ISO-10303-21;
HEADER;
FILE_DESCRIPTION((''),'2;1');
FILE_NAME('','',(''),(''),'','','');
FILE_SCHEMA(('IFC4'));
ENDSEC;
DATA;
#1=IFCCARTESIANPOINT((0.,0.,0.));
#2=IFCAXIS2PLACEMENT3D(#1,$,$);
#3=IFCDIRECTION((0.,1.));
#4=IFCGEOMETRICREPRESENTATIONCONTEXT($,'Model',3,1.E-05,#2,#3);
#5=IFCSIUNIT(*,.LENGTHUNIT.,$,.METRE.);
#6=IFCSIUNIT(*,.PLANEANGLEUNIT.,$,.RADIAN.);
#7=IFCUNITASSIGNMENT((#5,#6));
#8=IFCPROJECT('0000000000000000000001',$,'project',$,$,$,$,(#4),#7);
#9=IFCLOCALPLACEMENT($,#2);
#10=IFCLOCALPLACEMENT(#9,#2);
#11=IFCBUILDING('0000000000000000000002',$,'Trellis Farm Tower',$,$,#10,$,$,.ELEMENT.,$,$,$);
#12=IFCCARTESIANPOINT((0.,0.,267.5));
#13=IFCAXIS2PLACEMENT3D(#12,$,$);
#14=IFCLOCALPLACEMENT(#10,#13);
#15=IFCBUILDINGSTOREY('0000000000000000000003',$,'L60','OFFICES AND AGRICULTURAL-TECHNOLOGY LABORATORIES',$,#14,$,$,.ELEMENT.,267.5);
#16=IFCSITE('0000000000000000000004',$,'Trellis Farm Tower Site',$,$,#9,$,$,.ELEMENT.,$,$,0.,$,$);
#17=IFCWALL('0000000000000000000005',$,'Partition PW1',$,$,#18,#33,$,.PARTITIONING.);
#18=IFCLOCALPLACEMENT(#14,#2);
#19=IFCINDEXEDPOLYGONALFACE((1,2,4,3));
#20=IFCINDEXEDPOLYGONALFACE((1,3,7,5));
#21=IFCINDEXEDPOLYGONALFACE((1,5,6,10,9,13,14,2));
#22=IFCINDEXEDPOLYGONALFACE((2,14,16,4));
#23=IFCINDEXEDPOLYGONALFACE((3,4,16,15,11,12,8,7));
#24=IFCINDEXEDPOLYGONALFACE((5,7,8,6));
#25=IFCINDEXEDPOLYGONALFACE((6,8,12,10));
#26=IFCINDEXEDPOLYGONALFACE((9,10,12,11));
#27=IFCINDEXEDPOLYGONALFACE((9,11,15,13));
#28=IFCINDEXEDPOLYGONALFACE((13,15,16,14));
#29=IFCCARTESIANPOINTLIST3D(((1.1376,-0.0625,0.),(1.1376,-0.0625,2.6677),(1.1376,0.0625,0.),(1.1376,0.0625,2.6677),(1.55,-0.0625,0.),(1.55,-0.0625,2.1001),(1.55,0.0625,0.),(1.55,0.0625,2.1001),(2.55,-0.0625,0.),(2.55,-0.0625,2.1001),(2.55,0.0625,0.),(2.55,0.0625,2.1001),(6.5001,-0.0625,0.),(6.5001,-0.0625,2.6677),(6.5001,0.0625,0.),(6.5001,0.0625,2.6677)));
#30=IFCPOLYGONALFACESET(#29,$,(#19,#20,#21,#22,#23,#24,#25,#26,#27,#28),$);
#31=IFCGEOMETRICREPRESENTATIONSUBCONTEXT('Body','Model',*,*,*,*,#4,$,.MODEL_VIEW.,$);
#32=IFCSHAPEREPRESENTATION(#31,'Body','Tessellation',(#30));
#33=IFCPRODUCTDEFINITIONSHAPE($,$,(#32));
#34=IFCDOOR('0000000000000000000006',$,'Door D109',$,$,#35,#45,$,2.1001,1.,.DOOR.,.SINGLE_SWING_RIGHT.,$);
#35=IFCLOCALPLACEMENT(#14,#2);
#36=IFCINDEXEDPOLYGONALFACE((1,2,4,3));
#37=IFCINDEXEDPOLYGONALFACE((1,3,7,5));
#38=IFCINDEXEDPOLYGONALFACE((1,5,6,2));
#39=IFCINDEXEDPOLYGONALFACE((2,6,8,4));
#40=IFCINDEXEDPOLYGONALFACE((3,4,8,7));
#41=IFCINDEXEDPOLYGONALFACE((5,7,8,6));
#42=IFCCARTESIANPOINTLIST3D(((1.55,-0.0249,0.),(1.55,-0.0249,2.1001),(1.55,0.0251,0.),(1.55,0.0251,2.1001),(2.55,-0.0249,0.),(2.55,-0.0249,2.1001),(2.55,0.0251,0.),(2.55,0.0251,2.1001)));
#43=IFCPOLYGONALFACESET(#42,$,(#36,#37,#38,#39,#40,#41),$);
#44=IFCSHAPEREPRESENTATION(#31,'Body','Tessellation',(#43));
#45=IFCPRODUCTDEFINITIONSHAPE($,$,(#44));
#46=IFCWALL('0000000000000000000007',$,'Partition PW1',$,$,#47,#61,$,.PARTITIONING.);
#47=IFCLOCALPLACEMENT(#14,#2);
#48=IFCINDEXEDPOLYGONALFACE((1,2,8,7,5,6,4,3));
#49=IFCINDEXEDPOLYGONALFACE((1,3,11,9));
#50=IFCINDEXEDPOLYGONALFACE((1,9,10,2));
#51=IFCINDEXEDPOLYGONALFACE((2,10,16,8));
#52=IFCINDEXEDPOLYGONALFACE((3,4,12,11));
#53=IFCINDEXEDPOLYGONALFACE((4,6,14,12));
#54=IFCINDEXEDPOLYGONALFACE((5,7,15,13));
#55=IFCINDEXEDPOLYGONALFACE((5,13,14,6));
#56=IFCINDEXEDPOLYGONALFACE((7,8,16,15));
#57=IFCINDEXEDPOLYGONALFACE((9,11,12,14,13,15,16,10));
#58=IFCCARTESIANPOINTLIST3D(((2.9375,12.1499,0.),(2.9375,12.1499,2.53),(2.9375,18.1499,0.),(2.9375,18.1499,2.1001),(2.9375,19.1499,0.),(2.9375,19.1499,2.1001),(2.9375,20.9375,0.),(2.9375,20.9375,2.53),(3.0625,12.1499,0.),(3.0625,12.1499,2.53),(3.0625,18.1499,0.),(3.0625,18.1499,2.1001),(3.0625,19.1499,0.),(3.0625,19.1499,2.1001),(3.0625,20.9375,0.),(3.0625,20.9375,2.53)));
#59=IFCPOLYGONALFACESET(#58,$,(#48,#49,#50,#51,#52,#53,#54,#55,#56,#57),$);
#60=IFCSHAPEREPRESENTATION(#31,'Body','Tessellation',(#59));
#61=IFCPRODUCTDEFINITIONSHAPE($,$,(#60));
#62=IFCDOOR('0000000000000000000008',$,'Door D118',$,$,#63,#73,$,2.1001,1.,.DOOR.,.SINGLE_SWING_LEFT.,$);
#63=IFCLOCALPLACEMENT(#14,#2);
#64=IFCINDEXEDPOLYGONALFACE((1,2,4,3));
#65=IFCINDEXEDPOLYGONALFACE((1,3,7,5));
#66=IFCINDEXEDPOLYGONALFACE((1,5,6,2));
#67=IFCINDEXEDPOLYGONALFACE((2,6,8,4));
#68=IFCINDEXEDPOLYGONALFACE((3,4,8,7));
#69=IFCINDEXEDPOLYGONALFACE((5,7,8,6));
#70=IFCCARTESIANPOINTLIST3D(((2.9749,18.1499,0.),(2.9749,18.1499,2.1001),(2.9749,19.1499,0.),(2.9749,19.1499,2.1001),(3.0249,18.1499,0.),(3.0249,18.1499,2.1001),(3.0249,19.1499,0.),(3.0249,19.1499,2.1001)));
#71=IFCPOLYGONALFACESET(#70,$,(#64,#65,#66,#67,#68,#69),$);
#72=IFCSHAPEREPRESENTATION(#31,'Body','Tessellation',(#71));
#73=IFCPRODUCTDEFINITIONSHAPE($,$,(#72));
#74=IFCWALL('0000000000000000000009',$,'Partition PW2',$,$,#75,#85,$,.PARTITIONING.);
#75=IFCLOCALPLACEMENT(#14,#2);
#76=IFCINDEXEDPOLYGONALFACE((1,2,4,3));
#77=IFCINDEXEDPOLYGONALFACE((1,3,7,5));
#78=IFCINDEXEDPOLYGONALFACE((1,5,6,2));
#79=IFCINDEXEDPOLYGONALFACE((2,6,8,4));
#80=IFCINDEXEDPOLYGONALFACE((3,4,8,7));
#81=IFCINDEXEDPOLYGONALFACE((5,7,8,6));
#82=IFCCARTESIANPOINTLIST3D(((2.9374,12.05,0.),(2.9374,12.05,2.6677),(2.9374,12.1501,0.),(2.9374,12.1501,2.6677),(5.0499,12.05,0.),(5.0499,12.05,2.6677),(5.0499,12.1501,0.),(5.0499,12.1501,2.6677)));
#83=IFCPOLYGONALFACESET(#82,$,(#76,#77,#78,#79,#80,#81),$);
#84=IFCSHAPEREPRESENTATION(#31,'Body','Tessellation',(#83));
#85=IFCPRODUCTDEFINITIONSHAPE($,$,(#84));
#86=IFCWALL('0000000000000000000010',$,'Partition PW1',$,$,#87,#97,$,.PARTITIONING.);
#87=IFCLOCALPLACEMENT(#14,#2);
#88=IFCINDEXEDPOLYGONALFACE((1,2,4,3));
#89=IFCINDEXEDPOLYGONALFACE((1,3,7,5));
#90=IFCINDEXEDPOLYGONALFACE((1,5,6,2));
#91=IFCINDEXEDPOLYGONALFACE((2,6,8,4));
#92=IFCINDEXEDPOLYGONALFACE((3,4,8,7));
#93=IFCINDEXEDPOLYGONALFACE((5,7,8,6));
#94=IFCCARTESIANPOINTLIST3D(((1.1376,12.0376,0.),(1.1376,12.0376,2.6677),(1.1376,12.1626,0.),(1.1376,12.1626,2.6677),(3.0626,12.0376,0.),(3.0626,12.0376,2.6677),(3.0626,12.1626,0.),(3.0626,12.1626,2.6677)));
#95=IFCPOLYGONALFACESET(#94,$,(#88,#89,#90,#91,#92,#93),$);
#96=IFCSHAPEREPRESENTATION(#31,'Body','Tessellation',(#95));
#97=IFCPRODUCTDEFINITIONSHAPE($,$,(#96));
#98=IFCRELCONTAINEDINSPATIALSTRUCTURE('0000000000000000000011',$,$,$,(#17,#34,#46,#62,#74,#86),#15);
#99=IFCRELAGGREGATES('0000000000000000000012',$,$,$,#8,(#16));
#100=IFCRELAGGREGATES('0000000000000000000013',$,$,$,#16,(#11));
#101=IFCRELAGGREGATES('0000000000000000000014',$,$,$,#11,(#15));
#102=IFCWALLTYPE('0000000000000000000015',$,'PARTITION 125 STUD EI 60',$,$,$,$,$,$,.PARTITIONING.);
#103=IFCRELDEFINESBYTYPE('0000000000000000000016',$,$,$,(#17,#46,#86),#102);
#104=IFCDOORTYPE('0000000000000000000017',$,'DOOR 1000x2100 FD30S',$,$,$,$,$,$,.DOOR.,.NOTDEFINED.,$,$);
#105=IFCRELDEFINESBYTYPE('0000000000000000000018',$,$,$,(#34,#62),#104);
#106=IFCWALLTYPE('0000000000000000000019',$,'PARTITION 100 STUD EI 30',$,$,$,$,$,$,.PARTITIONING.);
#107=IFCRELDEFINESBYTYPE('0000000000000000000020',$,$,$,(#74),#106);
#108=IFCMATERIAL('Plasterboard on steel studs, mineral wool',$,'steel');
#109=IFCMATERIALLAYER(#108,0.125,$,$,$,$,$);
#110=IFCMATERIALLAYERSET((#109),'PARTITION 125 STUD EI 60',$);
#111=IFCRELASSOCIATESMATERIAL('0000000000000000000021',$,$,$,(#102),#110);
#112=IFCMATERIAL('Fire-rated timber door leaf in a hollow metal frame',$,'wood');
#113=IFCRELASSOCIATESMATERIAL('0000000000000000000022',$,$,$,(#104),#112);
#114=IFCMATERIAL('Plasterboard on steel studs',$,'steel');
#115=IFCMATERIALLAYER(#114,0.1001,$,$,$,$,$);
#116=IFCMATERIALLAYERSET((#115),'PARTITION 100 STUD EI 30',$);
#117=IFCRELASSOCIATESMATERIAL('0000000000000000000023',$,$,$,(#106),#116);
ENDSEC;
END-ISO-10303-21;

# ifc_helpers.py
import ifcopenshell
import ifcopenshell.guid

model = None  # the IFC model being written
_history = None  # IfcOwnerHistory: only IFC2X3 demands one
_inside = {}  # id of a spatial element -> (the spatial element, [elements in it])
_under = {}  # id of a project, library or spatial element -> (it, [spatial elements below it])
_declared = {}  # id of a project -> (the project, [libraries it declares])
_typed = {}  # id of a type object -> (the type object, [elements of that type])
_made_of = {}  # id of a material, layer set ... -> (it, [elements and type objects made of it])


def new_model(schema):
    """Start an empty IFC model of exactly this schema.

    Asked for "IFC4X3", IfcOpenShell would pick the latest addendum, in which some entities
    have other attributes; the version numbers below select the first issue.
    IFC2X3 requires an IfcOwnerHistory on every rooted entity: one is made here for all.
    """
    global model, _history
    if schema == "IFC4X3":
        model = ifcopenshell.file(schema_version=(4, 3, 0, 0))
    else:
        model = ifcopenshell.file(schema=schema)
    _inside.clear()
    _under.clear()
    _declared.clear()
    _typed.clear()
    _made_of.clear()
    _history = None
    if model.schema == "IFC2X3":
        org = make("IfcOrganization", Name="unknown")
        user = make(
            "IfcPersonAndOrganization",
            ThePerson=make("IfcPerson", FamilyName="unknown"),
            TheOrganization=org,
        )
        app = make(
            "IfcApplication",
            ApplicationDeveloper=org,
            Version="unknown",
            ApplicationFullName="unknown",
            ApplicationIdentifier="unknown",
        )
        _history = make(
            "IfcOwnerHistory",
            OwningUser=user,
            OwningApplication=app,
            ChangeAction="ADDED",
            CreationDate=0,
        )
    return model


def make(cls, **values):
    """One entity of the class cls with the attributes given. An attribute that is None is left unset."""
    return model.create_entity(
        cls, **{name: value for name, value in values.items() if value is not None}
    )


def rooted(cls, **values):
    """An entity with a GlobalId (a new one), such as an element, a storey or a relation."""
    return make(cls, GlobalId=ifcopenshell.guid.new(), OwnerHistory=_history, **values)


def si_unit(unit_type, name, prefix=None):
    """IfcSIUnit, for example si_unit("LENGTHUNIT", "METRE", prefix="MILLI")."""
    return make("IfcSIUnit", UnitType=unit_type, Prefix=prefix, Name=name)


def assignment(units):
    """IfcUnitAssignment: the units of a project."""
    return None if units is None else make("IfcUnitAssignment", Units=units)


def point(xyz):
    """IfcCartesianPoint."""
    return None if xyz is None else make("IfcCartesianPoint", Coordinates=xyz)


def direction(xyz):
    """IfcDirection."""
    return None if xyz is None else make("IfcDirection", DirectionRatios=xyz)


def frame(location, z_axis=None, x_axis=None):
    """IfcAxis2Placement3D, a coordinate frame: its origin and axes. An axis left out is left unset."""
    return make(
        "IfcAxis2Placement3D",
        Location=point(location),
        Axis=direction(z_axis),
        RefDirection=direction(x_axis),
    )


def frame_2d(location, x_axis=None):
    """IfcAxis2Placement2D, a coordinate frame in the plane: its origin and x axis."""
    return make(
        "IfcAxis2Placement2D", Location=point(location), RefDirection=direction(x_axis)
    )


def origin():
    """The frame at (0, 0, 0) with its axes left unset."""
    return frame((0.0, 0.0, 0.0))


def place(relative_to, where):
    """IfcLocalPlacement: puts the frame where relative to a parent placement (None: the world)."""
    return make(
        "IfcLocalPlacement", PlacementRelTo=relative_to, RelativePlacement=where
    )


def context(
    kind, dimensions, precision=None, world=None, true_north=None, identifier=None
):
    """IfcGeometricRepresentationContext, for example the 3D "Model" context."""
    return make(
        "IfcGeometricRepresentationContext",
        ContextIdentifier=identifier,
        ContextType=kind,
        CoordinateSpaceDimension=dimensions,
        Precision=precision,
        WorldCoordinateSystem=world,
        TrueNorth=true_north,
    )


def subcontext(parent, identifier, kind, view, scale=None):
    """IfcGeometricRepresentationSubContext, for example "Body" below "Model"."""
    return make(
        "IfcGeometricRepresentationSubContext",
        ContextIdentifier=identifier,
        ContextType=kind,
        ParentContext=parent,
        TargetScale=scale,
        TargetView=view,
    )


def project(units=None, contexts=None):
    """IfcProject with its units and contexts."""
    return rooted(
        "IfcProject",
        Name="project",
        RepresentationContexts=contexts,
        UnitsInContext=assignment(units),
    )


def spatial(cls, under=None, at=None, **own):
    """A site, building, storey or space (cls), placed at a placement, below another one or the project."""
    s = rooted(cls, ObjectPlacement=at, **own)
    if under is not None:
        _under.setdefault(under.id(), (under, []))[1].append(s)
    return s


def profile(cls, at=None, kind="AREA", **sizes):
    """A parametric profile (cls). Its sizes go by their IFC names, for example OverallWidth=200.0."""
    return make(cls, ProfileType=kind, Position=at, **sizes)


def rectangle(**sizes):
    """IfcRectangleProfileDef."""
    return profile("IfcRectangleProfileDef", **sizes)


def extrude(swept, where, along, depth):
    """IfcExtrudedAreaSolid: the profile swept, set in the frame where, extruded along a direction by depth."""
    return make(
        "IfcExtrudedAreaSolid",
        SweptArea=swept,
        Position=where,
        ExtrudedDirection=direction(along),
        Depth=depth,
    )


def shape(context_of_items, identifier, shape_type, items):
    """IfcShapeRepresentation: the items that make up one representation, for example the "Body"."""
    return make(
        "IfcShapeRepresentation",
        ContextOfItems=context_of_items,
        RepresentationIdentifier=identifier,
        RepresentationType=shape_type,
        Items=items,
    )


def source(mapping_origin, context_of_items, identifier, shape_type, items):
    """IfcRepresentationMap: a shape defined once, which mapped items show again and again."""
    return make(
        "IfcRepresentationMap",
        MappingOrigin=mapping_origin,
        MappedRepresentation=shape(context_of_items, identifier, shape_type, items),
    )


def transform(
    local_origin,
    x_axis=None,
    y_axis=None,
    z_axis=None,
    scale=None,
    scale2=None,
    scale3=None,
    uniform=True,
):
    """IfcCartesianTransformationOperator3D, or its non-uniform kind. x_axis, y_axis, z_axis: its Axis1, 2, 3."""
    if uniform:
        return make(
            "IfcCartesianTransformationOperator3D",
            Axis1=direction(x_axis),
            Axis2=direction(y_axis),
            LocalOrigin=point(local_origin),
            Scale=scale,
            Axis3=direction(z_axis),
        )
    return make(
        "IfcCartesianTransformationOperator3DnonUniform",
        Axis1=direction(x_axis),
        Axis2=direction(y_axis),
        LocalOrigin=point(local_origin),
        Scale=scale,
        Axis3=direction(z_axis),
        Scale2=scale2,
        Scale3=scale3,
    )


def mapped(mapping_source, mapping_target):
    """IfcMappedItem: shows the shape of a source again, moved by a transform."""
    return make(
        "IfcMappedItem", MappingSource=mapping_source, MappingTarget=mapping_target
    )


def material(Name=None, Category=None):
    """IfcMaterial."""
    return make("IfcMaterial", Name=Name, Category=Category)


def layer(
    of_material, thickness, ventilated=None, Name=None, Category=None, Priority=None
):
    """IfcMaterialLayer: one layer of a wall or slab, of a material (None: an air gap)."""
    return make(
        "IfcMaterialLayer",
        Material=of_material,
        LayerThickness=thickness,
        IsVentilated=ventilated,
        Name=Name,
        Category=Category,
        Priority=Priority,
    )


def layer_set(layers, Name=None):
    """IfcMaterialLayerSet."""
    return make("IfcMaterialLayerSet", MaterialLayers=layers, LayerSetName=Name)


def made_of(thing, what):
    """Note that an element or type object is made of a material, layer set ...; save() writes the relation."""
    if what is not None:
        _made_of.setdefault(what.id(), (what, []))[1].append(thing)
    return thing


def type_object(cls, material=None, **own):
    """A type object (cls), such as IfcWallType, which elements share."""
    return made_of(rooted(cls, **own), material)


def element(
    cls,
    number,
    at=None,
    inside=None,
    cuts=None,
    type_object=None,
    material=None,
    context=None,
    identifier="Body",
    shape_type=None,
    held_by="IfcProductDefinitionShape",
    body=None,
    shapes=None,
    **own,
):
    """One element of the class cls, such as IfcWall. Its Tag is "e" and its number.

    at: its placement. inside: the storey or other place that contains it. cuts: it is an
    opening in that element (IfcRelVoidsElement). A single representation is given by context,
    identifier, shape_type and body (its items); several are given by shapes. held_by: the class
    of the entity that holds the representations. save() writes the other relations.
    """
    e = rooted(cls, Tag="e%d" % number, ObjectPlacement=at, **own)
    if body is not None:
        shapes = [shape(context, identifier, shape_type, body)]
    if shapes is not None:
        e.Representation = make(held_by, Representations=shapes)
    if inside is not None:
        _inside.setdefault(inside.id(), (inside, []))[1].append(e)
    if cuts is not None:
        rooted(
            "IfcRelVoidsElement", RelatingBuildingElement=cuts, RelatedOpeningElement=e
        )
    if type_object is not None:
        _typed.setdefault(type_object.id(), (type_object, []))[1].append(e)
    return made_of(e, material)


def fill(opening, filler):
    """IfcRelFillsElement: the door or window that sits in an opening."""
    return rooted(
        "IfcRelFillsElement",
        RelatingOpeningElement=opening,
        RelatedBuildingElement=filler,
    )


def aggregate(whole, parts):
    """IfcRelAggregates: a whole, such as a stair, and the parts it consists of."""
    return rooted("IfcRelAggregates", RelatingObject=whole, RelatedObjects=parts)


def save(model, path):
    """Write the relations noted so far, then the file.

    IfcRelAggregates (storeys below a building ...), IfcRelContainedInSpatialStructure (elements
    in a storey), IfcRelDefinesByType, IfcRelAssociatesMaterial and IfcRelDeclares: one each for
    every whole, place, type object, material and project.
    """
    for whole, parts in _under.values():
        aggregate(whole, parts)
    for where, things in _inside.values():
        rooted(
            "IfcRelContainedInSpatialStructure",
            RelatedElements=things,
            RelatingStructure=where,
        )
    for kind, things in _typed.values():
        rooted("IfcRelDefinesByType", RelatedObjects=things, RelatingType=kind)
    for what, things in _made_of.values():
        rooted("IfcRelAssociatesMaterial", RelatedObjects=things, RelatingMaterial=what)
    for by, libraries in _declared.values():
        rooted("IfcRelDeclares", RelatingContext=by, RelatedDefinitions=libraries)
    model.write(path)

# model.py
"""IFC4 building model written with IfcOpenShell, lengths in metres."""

from ifc_helpers import new_model, si_unit, direction, frame, frame_2d, origin, place, context, subcontext, project, spatial, rectangle, extrude, source, transform, mapped, material, layer, layer_set, type_object, element, fill, save


model = new_model("IFC4")

# Units and contexts
model_context = context("Model", 3, precision=1e-05, world=origin(), true_north=direction((0.0, 1.0)))
body_context = subcontext(model_context, "Body", "Model", "MODEL_VIEW")
ifc_project = project(units=[si_unit("LENGTHUNIT", "METRE"), si_unit("PLANEANGLEUNIT", "RADIAN")], contexts=[model_context])

# Site, building, storey
site_placement = place(None, origin())
site = spatial("IfcSite", under=ifc_project, at=site_placement, Name="Trellis Farm Tower Site", CompositionType="ELEMENT", RefElevation=0.0)
building_placement = place(site_placement, origin())
building = spatial("IfcBuilding", under=site, at=building_placement, Name="Trellis Farm Tower", CompositionType="ELEMENT")
storey_placement = place(building_placement, frame((0.0, 0.0, 267.5)))
storey = spatial("IfcBuildingStorey", under=building, at=storey_placement, Name="L60", Description="OFFICES AND AGRICULTURAL-TECHNOLOGY LABORATORIES", CompositionType="ELEMENT", Elevation=267.5)

# Shared definitions
ifc_material_1 = material(Name="Plasterboard on steel studs, mineral wool", Category="steel")
ifc_layer_1 = layer(ifc_material_1, 0.125)
ifc_layer_set_1 = layer_set([ifc_layer_1], Name="PARTITION 125 STUD EI 60")
wall_type_1 = type_object("IfcWallType", Name="PARTITION 125 STUD EI 60", PredefinedType="PARTITIONING", material=ifc_layer_set_1)

# Walls, openings, doors
shared_shape_1 = source(origin(), body_context, "Body", "SweptSolid", [
    extrude(rectangle(XDim=5.3625, YDim=0.125, at=frame_2d((2.6812, 0.0))), origin(), (0.0, 0.0, 1.0), 2.6677),
])
wall_1_placement = place(storey_placement, frame((6.5, 0.0, 0.0), z_axis=(0.0, 0.0, 1.0), x_axis=(-1.0, 0.0, 0.0)))
wall_1 = element("IfcWall", 1, at=wall_1_placement, inside=storey, type_object=wall_type_1, Name="Partition PW1", PredefinedType="PARTITIONING", context=body_context, shape_type="MappedRepresentation", body=[
    mapped(shared_shape_1, transform((0.0, 0.0, 0.0))),
])
shared_shape_2 = source(origin(), body_context, "Body", "SweptSolid", [
    extrude(rectangle(XDim=1.0, YDim=2.1001, at=frame_2d((0.5, 1.05))), frame((0.0, 0.0725, 0.0), z_axis=(0.0, -1.0, 0.0), x_axis=(1.0, 0.0, 0.0)), (0.0, 0.0, 1.0), 0.145),
])
opening_1_placement = place(wall_1_placement, frame((3.95, 0.0, 0.0)))
opening_1 = element("IfcOpeningElement", 2, at=opening_1_placement, cuts=wall_1, PredefinedType="OPENING", context=body_context, shape_type="MappedRepresentation", body=[
    mapped(shared_shape_2, transform((0.0, 0.0, 0.0))),
])
ifc_material_2 = material(Name="Fire-rated timber door leaf in a hollow metal frame", Category="wood")
door_type_1 = type_object("IfcDoorType", Name="DOOR 1000x2100 FD30S", OperationType="NOTDEFINED", PredefinedType="DOOR", material=ifc_material_2)
shared_shape_3 = source(origin(), body_context, "Body", "SweptSolid", [
    extrude(rectangle(XDim=1.0, YDim=2.1001, at=frame_2d((0.5, 1.05))), frame((0.0, 0.0249, 0.0), z_axis=(0.0, -1.0, 0.0), x_axis=(1.0, 0.0, 0.0)), (0.0, 0.0, 1.0), 0.05),
])
door_1_placement = place(opening_1_placement, origin())
door_1 = element("IfcDoor", 3, at=door_1_placement, inside=storey, type_object=door_type_1, Name="Door D109", OperationType="SINGLE_SWING_RIGHT", OverallHeight=2.1001, OverallWidth=1.0, PredefinedType="DOOR", context=body_context, shape_type="MappedRepresentation", body=[
    mapped(shared_shape_3, transform((0.0, 0.0, 0.0))),
])
fill(opening_1, door_1)
shared_shape_4 = source(origin(), body_context, "Body", "SweptSolid", [
    extrude(rectangle(XDim=8.7876, YDim=0.125, at=frame_2d((4.3938, 0.0))), origin(), (0.0, 0.0, 1.0), 2.53),
])
wall_2_placement = place(storey_placement, frame((3.0, 20.9375, 0.0), z_axis=(0.0, 0.0, 1.0), x_axis=(0.0, -1.0, 0.0)))
wall_2 = element("IfcWall", 4, at=wall_2_placement, inside=storey, type_object=wall_type_1, Name="Partition PW1", PredefinedType="PARTITIONING", context=body_context, shape_type="MappedRepresentation", body=[
    mapped(shared_shape_4, transform((0.0, 0.0, 0.0))),
])
opening_2_placement = place(wall_2_placement, frame((1.7876, 0.0, 0.0)))
opening_2 = element("IfcOpeningElement", 5, at=opening_2_placement, cuts=wall_2, PredefinedType="OPENING", context=body_context, shape_type="MappedRepresentation", body=[
    mapped(shared_shape_2, transform((0.0, 0.0, 0.0))),
])
door_2_placement = place(opening_2_placement, origin())
door_2 = element("IfcDoor", 6, at=door_2_placement, inside=storey, type_object=door_type_1, Name="Door D118", OperationType="SINGLE_SWING_LEFT", OverallHeight=2.1001, OverallWidth=1.0, PredefinedType="DOOR", context=body_context, shape_type="MappedRepresentation", body=[
    mapped(shared_shape_3, transform((0.0, 0.0, 0.0))),
])
fill(opening_2, door_2)

# Walls
ifc_material_3 = material(Name="Plasterboard on steel studs", Category="steel")
ifc_layer_2 = layer(ifc_material_3, 0.1001)
ifc_layer_set_2 = layer_set([ifc_layer_2], Name="PARTITION 100 STUD EI 30")
wall_type_2 = type_object("IfcWallType", Name="PARTITION 100 STUD EI 30", PredefinedType="PARTITIONING", material=ifc_layer_set_2)
shared_shape_5 = source(origin(), body_context, "Body", "SweptSolid", [
    extrude(rectangle(XDim=2.1125, YDim=0.1001, at=frame_2d((1.0562, 0.0))), origin(), (0.0, 0.0, 1.0), 2.6677),
])
wall_3_placement = place(storey_placement, frame((2.9375, 12.1001, 0.0), z_axis=(0.0, 0.0, 1.0), x_axis=(1.0, 0.0, 0.0)))
element("IfcWall", 7, at=wall_3_placement, inside=storey, type_object=wall_type_2, Name="Partition PW2", PredefinedType="PARTITIONING", context=body_context, shape_type="MappedRepresentation", body=[
    mapped(shared_shape_5, transform((0.0, 0.0, 0.0))),
])
shared_shape_6 = source(origin(), body_context, "Body", "SweptSolid", [
    extrude(rectangle(XDim=1.925, YDim=0.125, at=frame_2d((0.9624, 0.0))), origin(), (0.0, 0.0, 1.0), 2.6677),
])
wall_4_placement = place(storey_placement, frame((3.0625, 12.1001, 0.0), z_axis=(0.0, 0.0, 1.0), x_axis=(-1.0, 0.0, 0.0)))
element("IfcWall", 8, at=wall_4_placement, inside=storey, type_object=wall_type_1, Name="Partition PW1", PredefinedType="PARTITIONING", context=body_context, shape_type="MappedRepresentation", body=[
    mapped(shared_shape_6, transform((0.0, 0.0, 0.0))),
])

save(model, "model.ifc")
